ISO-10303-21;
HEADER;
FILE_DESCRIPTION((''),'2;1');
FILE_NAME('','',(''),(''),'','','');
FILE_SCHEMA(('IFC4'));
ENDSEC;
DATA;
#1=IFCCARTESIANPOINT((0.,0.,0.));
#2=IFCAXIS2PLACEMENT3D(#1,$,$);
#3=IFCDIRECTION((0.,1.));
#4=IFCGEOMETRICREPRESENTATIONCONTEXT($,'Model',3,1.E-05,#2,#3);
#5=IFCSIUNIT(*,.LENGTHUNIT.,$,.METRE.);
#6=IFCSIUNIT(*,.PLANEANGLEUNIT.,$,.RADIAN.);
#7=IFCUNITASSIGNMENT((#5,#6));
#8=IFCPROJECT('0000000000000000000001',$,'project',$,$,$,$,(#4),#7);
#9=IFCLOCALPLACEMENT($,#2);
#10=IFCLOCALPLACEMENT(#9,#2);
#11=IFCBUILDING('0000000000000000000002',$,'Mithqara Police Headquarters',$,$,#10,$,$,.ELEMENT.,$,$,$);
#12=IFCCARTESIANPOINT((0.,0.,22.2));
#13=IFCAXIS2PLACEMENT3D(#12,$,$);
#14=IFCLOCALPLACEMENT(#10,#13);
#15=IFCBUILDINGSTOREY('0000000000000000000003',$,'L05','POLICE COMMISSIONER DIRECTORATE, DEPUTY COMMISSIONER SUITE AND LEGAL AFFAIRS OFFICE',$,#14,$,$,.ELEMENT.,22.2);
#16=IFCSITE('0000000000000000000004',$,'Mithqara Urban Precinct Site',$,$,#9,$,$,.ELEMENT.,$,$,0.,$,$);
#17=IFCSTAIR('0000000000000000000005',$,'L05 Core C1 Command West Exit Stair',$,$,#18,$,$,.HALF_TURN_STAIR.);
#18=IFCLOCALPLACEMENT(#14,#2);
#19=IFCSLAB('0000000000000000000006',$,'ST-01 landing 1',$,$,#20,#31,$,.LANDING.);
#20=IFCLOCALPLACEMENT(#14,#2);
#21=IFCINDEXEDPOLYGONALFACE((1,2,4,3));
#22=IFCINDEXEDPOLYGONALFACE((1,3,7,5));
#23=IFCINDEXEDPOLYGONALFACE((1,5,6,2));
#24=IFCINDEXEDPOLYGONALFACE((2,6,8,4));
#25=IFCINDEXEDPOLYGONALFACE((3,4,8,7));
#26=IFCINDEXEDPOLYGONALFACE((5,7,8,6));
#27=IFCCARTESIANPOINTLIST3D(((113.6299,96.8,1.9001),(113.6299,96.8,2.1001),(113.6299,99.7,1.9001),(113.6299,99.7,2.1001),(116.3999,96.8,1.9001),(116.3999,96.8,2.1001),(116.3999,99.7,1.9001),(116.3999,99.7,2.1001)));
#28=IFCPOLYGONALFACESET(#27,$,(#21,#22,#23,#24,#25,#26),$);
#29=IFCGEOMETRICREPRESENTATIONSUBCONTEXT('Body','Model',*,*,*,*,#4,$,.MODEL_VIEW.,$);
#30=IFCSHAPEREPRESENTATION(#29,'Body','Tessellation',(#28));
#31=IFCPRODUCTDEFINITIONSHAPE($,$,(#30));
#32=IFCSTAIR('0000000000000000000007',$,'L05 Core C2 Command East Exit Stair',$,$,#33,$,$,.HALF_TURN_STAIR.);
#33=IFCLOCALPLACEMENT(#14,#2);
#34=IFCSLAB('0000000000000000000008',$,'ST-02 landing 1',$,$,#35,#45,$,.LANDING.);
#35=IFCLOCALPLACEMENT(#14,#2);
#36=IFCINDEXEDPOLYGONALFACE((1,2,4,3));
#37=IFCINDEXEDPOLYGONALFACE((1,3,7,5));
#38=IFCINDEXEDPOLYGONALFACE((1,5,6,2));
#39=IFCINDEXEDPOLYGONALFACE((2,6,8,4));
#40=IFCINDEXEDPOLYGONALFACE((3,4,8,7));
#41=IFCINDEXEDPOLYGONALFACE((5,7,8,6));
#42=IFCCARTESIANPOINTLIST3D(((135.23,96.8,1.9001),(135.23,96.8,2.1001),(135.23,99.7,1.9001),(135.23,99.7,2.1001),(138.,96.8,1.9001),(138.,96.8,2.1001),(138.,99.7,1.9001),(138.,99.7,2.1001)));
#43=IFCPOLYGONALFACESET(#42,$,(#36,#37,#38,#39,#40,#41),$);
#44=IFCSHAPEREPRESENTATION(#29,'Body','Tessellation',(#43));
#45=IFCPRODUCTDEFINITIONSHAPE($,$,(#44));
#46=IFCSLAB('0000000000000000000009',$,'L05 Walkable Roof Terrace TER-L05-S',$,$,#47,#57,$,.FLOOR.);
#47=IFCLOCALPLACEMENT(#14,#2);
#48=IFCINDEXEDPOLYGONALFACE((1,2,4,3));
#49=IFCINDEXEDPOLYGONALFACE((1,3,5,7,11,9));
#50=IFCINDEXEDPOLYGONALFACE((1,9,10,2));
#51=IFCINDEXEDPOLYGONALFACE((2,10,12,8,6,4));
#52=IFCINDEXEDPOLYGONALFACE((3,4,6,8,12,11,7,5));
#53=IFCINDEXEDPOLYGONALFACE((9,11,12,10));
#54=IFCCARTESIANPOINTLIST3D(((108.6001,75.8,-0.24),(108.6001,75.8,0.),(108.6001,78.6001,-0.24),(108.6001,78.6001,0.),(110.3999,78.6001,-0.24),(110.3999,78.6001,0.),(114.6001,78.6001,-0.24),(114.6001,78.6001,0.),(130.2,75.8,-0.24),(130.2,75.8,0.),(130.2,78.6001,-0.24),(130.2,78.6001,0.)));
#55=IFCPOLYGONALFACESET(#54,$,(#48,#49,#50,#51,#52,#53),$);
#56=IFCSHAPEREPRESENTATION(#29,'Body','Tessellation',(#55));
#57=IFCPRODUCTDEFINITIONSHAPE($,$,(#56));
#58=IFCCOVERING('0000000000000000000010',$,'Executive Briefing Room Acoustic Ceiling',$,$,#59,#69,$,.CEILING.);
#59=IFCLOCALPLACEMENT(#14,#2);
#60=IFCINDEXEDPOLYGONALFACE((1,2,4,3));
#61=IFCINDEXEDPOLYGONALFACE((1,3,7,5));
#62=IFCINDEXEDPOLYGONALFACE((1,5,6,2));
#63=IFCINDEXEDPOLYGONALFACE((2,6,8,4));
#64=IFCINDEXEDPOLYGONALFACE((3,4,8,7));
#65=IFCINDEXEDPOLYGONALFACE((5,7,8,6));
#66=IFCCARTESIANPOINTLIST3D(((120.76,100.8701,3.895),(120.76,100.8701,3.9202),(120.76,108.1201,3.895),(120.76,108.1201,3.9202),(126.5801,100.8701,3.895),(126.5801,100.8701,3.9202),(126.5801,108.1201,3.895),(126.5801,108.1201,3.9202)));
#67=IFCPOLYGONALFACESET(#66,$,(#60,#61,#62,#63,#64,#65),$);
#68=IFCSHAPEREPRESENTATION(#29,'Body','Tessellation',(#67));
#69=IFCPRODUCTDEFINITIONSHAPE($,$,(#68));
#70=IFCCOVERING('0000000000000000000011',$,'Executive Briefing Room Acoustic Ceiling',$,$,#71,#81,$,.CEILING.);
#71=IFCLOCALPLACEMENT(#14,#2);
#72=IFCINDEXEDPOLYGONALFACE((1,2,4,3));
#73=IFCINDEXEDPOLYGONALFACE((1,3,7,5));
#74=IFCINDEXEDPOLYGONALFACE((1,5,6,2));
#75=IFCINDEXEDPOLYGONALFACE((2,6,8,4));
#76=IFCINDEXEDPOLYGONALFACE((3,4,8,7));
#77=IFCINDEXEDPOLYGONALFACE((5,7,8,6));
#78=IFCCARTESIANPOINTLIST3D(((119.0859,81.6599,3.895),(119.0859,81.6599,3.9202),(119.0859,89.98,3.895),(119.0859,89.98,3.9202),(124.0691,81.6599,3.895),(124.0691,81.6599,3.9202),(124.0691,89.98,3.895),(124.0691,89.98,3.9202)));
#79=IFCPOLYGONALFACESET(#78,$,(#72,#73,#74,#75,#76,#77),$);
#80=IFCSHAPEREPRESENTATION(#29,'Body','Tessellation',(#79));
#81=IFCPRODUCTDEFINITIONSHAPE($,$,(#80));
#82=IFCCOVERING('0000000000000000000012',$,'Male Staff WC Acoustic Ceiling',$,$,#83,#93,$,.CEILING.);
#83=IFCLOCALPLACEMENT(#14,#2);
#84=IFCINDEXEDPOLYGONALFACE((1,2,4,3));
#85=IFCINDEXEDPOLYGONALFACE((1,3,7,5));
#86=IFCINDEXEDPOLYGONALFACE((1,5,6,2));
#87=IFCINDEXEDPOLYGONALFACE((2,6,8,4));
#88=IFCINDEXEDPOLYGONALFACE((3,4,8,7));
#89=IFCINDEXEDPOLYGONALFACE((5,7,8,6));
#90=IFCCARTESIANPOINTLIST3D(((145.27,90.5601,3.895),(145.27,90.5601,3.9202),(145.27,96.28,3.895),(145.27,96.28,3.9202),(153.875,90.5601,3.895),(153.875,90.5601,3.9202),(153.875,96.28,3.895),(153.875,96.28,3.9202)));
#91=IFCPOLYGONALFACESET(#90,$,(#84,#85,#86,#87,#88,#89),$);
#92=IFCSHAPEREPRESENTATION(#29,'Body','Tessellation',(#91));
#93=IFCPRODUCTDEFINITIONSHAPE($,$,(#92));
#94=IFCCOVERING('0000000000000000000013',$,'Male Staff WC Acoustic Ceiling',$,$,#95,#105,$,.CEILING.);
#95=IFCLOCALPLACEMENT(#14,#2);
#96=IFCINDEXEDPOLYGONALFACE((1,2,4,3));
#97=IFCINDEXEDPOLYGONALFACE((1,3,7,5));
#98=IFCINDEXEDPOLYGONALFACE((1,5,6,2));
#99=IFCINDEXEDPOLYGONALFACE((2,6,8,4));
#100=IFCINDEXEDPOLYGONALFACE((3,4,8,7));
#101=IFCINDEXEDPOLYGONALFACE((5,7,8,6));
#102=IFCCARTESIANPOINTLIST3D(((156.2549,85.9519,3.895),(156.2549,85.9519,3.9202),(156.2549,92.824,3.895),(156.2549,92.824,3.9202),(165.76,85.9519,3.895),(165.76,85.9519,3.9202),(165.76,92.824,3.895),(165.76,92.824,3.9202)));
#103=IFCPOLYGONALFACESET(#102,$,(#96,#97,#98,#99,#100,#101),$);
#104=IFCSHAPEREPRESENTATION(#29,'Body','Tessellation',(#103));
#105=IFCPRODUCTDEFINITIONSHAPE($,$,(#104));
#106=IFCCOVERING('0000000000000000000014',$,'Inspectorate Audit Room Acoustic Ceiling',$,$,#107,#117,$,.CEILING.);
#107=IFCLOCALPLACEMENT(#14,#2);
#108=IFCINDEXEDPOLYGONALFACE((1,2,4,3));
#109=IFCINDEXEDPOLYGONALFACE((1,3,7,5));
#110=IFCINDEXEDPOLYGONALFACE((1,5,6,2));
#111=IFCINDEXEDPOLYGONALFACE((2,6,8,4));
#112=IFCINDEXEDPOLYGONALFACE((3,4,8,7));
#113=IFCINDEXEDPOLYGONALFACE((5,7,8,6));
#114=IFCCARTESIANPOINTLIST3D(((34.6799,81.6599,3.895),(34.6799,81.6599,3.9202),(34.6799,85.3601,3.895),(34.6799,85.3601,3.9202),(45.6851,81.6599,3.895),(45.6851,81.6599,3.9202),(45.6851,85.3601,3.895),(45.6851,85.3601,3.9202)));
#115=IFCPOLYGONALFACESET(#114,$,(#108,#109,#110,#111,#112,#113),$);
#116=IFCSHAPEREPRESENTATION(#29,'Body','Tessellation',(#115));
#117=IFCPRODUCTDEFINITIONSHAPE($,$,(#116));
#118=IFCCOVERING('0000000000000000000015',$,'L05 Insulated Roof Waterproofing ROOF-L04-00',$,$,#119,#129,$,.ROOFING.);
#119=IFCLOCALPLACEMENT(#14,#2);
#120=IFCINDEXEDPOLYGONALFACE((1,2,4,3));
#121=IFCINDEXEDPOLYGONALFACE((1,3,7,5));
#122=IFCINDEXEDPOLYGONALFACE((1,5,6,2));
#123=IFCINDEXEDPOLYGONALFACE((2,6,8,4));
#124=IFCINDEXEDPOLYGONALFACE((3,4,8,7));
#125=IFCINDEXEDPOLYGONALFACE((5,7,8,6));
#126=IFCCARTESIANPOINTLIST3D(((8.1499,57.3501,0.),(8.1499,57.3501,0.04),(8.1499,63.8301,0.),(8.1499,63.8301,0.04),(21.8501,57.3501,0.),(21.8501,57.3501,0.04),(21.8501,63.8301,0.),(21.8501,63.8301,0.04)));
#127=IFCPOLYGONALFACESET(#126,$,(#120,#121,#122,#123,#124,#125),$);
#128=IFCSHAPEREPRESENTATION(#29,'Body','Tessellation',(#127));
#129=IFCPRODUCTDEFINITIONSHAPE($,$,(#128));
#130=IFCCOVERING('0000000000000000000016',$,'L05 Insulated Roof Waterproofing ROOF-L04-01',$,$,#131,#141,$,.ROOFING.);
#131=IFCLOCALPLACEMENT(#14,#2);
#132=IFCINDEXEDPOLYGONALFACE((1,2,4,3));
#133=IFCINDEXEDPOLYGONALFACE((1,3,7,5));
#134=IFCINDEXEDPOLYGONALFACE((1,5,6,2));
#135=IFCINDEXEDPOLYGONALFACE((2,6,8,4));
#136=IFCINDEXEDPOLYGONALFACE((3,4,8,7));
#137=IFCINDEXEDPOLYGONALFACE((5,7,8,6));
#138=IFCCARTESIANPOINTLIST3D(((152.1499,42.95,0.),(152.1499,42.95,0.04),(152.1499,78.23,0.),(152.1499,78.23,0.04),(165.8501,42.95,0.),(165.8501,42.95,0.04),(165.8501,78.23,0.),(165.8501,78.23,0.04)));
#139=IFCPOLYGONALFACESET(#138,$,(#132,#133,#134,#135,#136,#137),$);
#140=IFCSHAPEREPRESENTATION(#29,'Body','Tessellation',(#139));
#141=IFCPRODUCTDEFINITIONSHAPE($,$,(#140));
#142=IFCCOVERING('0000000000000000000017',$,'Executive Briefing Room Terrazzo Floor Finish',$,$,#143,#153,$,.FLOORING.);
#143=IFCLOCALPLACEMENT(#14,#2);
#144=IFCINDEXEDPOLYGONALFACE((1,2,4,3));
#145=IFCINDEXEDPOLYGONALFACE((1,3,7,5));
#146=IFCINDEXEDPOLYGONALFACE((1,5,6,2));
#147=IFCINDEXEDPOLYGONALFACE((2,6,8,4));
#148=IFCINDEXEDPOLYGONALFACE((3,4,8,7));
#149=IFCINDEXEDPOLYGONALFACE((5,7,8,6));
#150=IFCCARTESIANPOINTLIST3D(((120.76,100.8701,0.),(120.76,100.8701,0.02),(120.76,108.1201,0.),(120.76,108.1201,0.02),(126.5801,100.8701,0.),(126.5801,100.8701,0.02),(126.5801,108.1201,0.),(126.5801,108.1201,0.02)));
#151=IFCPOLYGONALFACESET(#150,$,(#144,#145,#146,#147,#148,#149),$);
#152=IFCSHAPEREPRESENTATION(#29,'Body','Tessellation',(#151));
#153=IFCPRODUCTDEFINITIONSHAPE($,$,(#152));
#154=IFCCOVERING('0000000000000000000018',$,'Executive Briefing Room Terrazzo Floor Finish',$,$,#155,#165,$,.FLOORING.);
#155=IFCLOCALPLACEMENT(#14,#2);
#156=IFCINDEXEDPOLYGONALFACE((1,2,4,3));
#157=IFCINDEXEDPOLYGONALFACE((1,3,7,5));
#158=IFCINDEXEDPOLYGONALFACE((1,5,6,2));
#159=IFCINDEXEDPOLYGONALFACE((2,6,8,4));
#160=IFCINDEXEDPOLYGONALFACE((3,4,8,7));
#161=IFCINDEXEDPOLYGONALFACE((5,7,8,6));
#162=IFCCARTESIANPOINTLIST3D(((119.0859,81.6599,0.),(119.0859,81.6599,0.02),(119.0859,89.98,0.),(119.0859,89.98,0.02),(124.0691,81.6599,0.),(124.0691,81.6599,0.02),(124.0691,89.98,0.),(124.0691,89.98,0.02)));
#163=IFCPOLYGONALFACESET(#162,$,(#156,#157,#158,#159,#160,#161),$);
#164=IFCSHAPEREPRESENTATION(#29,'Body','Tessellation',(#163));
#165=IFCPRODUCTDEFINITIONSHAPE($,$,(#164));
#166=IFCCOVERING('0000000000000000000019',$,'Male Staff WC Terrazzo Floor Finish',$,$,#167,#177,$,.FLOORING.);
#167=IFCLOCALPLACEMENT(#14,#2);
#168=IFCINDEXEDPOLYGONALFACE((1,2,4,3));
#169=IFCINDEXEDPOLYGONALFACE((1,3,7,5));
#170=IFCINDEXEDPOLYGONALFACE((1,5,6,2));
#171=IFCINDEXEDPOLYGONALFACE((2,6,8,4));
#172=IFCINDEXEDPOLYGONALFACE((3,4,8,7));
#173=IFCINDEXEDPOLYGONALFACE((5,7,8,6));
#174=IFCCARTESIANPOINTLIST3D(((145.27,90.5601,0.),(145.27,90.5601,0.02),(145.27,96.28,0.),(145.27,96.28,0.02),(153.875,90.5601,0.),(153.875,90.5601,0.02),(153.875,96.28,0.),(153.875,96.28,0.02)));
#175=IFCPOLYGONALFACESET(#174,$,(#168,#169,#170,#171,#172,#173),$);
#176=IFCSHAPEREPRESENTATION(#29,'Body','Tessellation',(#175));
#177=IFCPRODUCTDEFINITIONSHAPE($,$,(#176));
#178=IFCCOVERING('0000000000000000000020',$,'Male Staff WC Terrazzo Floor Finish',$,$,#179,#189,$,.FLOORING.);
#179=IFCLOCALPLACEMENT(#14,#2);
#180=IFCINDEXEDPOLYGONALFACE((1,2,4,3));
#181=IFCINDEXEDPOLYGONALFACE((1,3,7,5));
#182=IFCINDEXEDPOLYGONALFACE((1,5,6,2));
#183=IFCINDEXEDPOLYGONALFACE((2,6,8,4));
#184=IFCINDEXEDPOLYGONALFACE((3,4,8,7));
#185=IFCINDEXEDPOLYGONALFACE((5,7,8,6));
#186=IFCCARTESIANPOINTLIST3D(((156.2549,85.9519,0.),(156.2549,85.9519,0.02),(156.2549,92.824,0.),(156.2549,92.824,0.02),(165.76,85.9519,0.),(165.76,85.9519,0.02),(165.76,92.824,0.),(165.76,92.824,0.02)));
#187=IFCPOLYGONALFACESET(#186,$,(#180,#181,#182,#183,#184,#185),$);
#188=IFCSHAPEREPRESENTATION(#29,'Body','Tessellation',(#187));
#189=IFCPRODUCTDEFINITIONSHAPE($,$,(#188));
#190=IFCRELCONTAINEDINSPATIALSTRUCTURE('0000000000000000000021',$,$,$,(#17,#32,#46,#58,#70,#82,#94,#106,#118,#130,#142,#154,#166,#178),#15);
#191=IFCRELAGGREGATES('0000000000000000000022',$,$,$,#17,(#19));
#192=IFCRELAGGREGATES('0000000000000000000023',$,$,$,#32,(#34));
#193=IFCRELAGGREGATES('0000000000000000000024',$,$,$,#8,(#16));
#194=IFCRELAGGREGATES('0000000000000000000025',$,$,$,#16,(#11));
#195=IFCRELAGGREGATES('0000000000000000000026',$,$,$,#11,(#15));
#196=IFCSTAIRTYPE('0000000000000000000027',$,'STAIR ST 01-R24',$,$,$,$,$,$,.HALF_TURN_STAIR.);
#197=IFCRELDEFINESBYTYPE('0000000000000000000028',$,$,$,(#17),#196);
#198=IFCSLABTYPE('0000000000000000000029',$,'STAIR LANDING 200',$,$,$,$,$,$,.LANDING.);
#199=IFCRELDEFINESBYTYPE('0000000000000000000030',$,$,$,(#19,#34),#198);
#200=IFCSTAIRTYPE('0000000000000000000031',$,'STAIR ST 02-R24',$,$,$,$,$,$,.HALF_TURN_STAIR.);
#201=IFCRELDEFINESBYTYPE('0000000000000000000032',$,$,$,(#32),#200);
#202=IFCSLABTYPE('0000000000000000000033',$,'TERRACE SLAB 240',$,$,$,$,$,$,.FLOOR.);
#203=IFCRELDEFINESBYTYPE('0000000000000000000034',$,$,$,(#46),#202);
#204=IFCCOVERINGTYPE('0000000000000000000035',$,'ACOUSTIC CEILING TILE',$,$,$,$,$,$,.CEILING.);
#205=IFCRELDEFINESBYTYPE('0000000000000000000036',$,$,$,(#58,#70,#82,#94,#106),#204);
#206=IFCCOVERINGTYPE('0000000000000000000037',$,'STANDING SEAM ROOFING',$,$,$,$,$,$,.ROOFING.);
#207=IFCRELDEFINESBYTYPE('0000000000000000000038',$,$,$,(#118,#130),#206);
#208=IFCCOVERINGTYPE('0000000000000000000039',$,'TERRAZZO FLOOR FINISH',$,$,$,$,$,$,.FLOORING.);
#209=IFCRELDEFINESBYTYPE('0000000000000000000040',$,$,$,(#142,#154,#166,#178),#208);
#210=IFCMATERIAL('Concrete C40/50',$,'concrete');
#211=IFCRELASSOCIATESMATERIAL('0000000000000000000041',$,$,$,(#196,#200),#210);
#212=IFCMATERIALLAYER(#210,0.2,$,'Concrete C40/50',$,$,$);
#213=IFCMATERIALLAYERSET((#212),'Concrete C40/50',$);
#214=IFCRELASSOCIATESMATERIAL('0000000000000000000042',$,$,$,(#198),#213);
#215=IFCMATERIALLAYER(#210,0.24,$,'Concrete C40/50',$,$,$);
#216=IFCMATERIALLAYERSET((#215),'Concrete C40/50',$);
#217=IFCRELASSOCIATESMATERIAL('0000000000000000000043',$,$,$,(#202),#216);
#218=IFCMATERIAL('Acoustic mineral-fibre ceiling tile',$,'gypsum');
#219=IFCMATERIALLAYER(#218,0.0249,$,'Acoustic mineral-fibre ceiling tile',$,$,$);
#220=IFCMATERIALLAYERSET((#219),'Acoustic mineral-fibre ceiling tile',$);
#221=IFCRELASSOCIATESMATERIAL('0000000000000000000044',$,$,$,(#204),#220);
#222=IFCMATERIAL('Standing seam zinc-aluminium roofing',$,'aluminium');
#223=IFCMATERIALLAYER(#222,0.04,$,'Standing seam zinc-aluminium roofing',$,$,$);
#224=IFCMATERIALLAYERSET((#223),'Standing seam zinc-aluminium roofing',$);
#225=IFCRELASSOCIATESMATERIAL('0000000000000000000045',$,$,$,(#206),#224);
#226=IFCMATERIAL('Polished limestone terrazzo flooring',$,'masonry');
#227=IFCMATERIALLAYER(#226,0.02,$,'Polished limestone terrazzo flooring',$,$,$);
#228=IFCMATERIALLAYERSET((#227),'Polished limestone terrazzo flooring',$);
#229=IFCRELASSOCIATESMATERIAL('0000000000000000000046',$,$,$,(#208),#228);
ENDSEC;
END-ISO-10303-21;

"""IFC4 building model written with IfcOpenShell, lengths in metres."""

from ifc_helpers import new_model, si_unit, direction, frame, origin, place, context, subcontext, project, spatial, polyline, outline, extrude, material, layer, layer_set, type_object, element, aggregate, save


model = new_model("IFC4")

# Units and contexts
model_context = context("Model", 3, precision=1e-05, world=origin(), true_north=direction((0.0, 1.0)))
body_context = subcontext(model_context, "Body", "Model", "MODEL_VIEW")
ifc_project = project(units=[si_unit("LENGTHUNIT", "METRE"), si_unit("PLANEANGLEUNIT", "RADIAN")], contexts=[model_context])

# Site, building, storey
site_placement = place(None, origin())
site = spatial("IfcSite", under=ifc_project, at=site_placement, Name="Mithqara Urban Precinct Site", CompositionType="ELEMENT", RefElevation=0.0)
building_placement = place(site_placement, origin())
building = spatial("IfcBuilding", under=site, at=building_placement, Name="Mithqara Police Headquarters", CompositionType="ELEMENT")
storey_placement = place(building_placement, frame((0.0, 0.0, 22.2)))
storey = spatial("IfcBuildingStorey", under=building, at=storey_placement, Name="L05", Description="POLICE COMMISSIONER DIRECTORATE, DEPUTY COMMISSIONER SUITE AND LEGAL AFFAIRS OFFICE", CompositionType="ELEMENT", Elevation=22.2)

# Shared definitions
ifc_material_1 = material(Name="Concrete C40/50", Category="concrete")

# Stairs, slabs
stair_type_1 = type_object("IfcStairType", Name="STAIR ST 01-R24", PredefinedType="HALF_TURN_STAIR", material=ifc_material_1)
stair_1_placement = place(storey_placement, origin())
stair_1 = element("IfcStair", 1, at=stair_1_placement, inside=storey, type_object=stair_type_1, Name="L05 Core C1 Command West Exit Stair", PredefinedType="HALF_TURN_STAIR")
ifc_layer_1 = layer(ifc_material_1, 0.2, Name="Concrete C40/50")
ifc_layer_set_1 = layer_set([ifc_layer_1], Name="Concrete C40/50")
slab_type_1 = type_object("IfcSlabType", Name="STAIR LANDING 200", PredefinedType="LANDING", material=ifc_layer_set_1)
slab_1_placement = place(storey_placement, frame((0.0, 0.0, 1.9001)))
slab_1 = element("IfcSlab", 2, at=slab_1_placement, type_object=slab_type_1, Name="ST-01 landing 1", PredefinedType="LANDING", context=body_context, shape_type="SweptSolid", body=[
    extrude(outline(polyline([(113.6299, 96.8), (116.3999, 96.8), (116.3999, 99.7), (113.6299, 99.7), (113.6299, 96.8)])), origin(), (0.0, 0.0, 1.0), 0.2),
])
aggregate(stair_1, [slab_1])
stair_type_2 = type_object("IfcStairType", Name="STAIR ST 02-R24", PredefinedType="HALF_TURN_STAIR", material=ifc_material_1)
stair_2_placement = place(storey_placement, origin())
stair_2 = element("IfcStair", 3, at=stair_2_placement, inside=storey, type_object=stair_type_2, Name="L05 Core C2 Command East Exit Stair", PredefinedType="HALF_TURN_STAIR")
slab_2_placement = place(storey_placement, frame((0.0, 0.0, 1.9001)))
slab_2 = element("IfcSlab", 4, at=slab_2_placement, type_object=slab_type_1, Name="ST-02 landing 1", PredefinedType="LANDING", context=body_context, shape_type="SweptSolid", body=[
    extrude(outline(polyline([(135.23, 96.8), (138.0, 96.8), (138.0, 99.7), (135.23, 99.7), (135.23, 96.8)])), origin(), (0.0, 0.0, 1.0), 0.2),
])
aggregate(stair_2, [slab_2])

# Slab
ifc_layer_2 = layer(ifc_material_1, 0.24, Name="Concrete C40/50")
ifc_layer_set_2 = layer_set([ifc_layer_2], Name="Concrete C40/50")
slab_type_2 = type_object("IfcSlabType", Name="TERRACE SLAB 240", PredefinedType="FLOOR", material=ifc_layer_set_2)
slab_3_placement = place(storey_placement, frame((0.0, 0.0, -0.24)))
element("IfcSlab", 5, at=slab_3_placement, inside=storey, type_object=slab_type_2, Name="L05 Walkable Roof Terrace TER-L05-S", PredefinedType="FLOOR", context=body_context, shape_type="SweptSolid", body=[
    extrude(outline(polyline([(130.2, 75.8), (108.6001, 75.8), (108.6001, 78.6001), (110.3999, 78.6001), (114.6001, 78.6001), (130.2, 78.6001), (130.2, 75.8)])), origin(), (0.0, 0.0, 1.0), 0.24),
])

# Coverings
ifc_material_2 = material(Name="Acoustic mineral-fibre ceiling tile", Category="gypsum")
ifc_layer_3 = layer(ifc_material_2, 0.0249, Name="Acoustic mineral-fibre ceiling tile")
ifc_layer_set_3 = layer_set([ifc_layer_3], Name="Acoustic mineral-fibre ceiling tile")
covering_type_1 = type_object("IfcCoveringType", Name="ACOUSTIC CEILING TILE", PredefinedType="CEILING", material=ifc_layer_set_3)
covering_1_placement = place(storey_placement, frame((0.0, 0.0, 3.895)))
element("IfcCovering", 6, at=covering_1_placement, inside=storey, type_object=covering_type_1, Name="Executive Briefing Room Acoustic Ceiling", PredefinedType="CEILING", context=body_context, shape_type="SweptSolid", body=[
    extrude(outline(polyline([(120.76, 100.8701), (126.5801, 100.8701), (126.5801, 108.1201), (120.76, 108.1201), (120.76, 100.8701)])), origin(), (0.0, 0.0, 1.0), 0.0251),
])
covering_2_placement = place(storey_placement, frame((0.0, 0.0, 3.895)))
element("IfcCovering", 7, at=covering_2_placement, inside=storey, type_object=covering_type_1, Name="Executive Briefing Room Acoustic Ceiling", PredefinedType="CEILING", context=body_context, shape_type="SweptSolid", body=[
    extrude(outline(polyline([(119.0859, 81.6599), (124.0691, 81.6599), (124.0691, 89.98), (119.0859, 89.98), (119.0859, 81.6599)])), origin(), (0.0, 0.0, 1.0), 0.0251),
])
covering_3_placement = place(storey_placement, frame((0.0, 0.0, 3.895)))
element("IfcCovering", 8, at=covering_3_placement, inside=storey, type_object=covering_type_1, Name="Male Staff WC Acoustic Ceiling", PredefinedType="CEILING", context=body_context, shape_type="SweptSolid", body=[
    extrude(outline(polyline([(145.27, 90.5601), (153.875, 90.5601), (153.875, 96.28), (145.27, 96.28), (145.27, 90.5601)])), origin(), (0.0, 0.0, 1.0), 0.0251),
])
covering_4_placement = place(storey_placement, frame((0.0, 0.0, 3.895)))
element("IfcCovering", 9, at=covering_4_placement, inside=storey, type_object=covering_type_1, Name="Male Staff WC Acoustic Ceiling", PredefinedType="CEILING", context=body_context, shape_type="SweptSolid", body=[
    extrude(outline(polyline([(156.2549, 85.9519), (165.76, 85.9519), (165.76, 92.824), (156.2549, 92.824), (156.2549, 85.9519)])), origin(), (0.0, 0.0, 1.0), 0.0251),
])
covering_5_placement = place(storey_placement, frame((0.0, 0.0, 3.895)))
element("IfcCovering", 10, at=covering_5_placement, inside=storey, type_object=covering_type_1, Name="Inspectorate Audit Room Acoustic Ceiling", PredefinedType="CEILING", context=body_context, shape_type="SweptSolid", body=[
    extrude(outline(polyline([(34.6799, 81.6599), (45.6851, 81.6599), (45.6851, 85.3601), (34.6799, 85.3601), (34.6799, 81.6599)])), origin(), (0.0, 0.0, 1.0), 0.0251),
])
ifc_material_3 = material(Name="Standing seam zinc-aluminium roofing", Category="aluminium")
ifc_layer_4 = layer(ifc_material_3, 0.04, Name="Standing seam zinc-aluminium roofing")
ifc_layer_set_4 = layer_set([ifc_layer_4], Name="Standing seam zinc-aluminium roofing")
covering_type_2 = type_object("IfcCoveringType", Name="STANDING SEAM ROOFING", PredefinedType="ROOFING", material=ifc_layer_set_4)
covering_6_placement = place(storey_placement, origin())
element("IfcCovering", 11, at=covering_6_placement, inside=storey, type_object=covering_type_2, Name="L05 Insulated Roof Waterproofing ROOF-L04-00", PredefinedType="ROOFING", context=body_context, shape_type="SweptSolid", body=[
    extrude(outline(polyline([(21.8501, 57.3501), (8.1499, 57.3501), (8.1499, 63.8301), (21.8501, 63.8301), (21.8501, 57.3501)])), origin(), (0.0, 0.0, 1.0), 0.04),
])
covering_7_placement = place(storey_placement, origin())
element("IfcCovering", 12, at=covering_7_placement, inside=storey, type_object=covering_type_2, Name="L05 Insulated Roof Waterproofing ROOF-L04-01", PredefinedType="ROOFING", context=body_context, shape_type="SweptSolid", body=[
    extrude(outline(polyline([(165.8501, 42.95), (152.1499, 42.95), (152.1499, 78.23), (165.8501, 78.23), (165.8501, 42.95)])), origin(), (0.0, 0.0, 1.0), 0.04),
])
ifc_material_4 = material(Name="Polished limestone terrazzo flooring", Category="masonry")
ifc_layer_5 = layer(ifc_material_4, 0.02, Name="Polished limestone terrazzo flooring")
ifc_layer_set_5 = layer_set([ifc_layer_5], Name="Polished limestone terrazzo flooring")
covering_type_3 = type_object("IfcCoveringType", Name="TERRAZZO FLOOR FINISH", PredefinedType="FLOORING", material=ifc_layer_set_5)
covering_8_placement = place(storey_placement, origin())
element("IfcCovering", 13, at=covering_8_placement, inside=storey, type_object=covering_type_3, Name="Executive Briefing Room Terrazzo Floor Finish", PredefinedType="FLOORING", context=body_context, shape_type="SweptSolid", body=[
    extrude(outline(polyline([(120.76, 100.8701), (126.5801, 100.8701), (126.5801, 108.1201), (120.76, 108.1201), (120.76, 100.8701)])), origin(), (0.0, 0.0, 1.0), 0.02),
])
covering_9_placement = place(storey_placement, origin())
element("IfcCovering", 14, at=covering_9_placement, inside=storey, type_object=covering_type_3, Name="Executive Briefing Room Terrazzo Floor Finish", PredefinedType="FLOORING", context=body_context, shape_type="SweptSolid", body=[
    extrude(outline(polyline([(119.0859, 81.6599), (124.0691, 81.6599), (124.0691, 89.98), (119.0859, 89.98), (119.0859, 81.6599)])), origin(), (0.0, 0.0, 1.0), 0.02),
])
covering_10_placement = place(storey_placement, origin())
element("IfcCovering", 15, at=covering_10_placement, inside=storey, type_object=covering_type_3, Name="Male Staff WC Terrazzo Floor Finish", PredefinedType="FLOORING", context=body_context, shape_type="SweptSolid", body=[
    extrude(outline(polyline([(145.27, 90.5601), (153.875, 90.5601), (153.875, 96.28), (145.27, 96.28), (145.27, 90.5601)])), origin(), (0.0, 0.0, 1.0), 0.02),
])
covering_11_placement = place(storey_placement, origin())
element("IfcCovering", 16, at=covering_11_placement, inside=storey, type_object=covering_type_3, Name="Male Staff WC Terrazzo Floor Finish", PredefinedType="FLOORING", context=body_context, shape_type="SweptSolid", body=[
    extrude(outline(polyline([(156.2549, 85.9519), (165.76, 85.9519), (165.76, 92.824), (156.2549, 92.824), (156.2549, 85.9519)])), origin(), (0.0, 0.0, 1.0), 0.02),
])

save(model, "model.ifc")
